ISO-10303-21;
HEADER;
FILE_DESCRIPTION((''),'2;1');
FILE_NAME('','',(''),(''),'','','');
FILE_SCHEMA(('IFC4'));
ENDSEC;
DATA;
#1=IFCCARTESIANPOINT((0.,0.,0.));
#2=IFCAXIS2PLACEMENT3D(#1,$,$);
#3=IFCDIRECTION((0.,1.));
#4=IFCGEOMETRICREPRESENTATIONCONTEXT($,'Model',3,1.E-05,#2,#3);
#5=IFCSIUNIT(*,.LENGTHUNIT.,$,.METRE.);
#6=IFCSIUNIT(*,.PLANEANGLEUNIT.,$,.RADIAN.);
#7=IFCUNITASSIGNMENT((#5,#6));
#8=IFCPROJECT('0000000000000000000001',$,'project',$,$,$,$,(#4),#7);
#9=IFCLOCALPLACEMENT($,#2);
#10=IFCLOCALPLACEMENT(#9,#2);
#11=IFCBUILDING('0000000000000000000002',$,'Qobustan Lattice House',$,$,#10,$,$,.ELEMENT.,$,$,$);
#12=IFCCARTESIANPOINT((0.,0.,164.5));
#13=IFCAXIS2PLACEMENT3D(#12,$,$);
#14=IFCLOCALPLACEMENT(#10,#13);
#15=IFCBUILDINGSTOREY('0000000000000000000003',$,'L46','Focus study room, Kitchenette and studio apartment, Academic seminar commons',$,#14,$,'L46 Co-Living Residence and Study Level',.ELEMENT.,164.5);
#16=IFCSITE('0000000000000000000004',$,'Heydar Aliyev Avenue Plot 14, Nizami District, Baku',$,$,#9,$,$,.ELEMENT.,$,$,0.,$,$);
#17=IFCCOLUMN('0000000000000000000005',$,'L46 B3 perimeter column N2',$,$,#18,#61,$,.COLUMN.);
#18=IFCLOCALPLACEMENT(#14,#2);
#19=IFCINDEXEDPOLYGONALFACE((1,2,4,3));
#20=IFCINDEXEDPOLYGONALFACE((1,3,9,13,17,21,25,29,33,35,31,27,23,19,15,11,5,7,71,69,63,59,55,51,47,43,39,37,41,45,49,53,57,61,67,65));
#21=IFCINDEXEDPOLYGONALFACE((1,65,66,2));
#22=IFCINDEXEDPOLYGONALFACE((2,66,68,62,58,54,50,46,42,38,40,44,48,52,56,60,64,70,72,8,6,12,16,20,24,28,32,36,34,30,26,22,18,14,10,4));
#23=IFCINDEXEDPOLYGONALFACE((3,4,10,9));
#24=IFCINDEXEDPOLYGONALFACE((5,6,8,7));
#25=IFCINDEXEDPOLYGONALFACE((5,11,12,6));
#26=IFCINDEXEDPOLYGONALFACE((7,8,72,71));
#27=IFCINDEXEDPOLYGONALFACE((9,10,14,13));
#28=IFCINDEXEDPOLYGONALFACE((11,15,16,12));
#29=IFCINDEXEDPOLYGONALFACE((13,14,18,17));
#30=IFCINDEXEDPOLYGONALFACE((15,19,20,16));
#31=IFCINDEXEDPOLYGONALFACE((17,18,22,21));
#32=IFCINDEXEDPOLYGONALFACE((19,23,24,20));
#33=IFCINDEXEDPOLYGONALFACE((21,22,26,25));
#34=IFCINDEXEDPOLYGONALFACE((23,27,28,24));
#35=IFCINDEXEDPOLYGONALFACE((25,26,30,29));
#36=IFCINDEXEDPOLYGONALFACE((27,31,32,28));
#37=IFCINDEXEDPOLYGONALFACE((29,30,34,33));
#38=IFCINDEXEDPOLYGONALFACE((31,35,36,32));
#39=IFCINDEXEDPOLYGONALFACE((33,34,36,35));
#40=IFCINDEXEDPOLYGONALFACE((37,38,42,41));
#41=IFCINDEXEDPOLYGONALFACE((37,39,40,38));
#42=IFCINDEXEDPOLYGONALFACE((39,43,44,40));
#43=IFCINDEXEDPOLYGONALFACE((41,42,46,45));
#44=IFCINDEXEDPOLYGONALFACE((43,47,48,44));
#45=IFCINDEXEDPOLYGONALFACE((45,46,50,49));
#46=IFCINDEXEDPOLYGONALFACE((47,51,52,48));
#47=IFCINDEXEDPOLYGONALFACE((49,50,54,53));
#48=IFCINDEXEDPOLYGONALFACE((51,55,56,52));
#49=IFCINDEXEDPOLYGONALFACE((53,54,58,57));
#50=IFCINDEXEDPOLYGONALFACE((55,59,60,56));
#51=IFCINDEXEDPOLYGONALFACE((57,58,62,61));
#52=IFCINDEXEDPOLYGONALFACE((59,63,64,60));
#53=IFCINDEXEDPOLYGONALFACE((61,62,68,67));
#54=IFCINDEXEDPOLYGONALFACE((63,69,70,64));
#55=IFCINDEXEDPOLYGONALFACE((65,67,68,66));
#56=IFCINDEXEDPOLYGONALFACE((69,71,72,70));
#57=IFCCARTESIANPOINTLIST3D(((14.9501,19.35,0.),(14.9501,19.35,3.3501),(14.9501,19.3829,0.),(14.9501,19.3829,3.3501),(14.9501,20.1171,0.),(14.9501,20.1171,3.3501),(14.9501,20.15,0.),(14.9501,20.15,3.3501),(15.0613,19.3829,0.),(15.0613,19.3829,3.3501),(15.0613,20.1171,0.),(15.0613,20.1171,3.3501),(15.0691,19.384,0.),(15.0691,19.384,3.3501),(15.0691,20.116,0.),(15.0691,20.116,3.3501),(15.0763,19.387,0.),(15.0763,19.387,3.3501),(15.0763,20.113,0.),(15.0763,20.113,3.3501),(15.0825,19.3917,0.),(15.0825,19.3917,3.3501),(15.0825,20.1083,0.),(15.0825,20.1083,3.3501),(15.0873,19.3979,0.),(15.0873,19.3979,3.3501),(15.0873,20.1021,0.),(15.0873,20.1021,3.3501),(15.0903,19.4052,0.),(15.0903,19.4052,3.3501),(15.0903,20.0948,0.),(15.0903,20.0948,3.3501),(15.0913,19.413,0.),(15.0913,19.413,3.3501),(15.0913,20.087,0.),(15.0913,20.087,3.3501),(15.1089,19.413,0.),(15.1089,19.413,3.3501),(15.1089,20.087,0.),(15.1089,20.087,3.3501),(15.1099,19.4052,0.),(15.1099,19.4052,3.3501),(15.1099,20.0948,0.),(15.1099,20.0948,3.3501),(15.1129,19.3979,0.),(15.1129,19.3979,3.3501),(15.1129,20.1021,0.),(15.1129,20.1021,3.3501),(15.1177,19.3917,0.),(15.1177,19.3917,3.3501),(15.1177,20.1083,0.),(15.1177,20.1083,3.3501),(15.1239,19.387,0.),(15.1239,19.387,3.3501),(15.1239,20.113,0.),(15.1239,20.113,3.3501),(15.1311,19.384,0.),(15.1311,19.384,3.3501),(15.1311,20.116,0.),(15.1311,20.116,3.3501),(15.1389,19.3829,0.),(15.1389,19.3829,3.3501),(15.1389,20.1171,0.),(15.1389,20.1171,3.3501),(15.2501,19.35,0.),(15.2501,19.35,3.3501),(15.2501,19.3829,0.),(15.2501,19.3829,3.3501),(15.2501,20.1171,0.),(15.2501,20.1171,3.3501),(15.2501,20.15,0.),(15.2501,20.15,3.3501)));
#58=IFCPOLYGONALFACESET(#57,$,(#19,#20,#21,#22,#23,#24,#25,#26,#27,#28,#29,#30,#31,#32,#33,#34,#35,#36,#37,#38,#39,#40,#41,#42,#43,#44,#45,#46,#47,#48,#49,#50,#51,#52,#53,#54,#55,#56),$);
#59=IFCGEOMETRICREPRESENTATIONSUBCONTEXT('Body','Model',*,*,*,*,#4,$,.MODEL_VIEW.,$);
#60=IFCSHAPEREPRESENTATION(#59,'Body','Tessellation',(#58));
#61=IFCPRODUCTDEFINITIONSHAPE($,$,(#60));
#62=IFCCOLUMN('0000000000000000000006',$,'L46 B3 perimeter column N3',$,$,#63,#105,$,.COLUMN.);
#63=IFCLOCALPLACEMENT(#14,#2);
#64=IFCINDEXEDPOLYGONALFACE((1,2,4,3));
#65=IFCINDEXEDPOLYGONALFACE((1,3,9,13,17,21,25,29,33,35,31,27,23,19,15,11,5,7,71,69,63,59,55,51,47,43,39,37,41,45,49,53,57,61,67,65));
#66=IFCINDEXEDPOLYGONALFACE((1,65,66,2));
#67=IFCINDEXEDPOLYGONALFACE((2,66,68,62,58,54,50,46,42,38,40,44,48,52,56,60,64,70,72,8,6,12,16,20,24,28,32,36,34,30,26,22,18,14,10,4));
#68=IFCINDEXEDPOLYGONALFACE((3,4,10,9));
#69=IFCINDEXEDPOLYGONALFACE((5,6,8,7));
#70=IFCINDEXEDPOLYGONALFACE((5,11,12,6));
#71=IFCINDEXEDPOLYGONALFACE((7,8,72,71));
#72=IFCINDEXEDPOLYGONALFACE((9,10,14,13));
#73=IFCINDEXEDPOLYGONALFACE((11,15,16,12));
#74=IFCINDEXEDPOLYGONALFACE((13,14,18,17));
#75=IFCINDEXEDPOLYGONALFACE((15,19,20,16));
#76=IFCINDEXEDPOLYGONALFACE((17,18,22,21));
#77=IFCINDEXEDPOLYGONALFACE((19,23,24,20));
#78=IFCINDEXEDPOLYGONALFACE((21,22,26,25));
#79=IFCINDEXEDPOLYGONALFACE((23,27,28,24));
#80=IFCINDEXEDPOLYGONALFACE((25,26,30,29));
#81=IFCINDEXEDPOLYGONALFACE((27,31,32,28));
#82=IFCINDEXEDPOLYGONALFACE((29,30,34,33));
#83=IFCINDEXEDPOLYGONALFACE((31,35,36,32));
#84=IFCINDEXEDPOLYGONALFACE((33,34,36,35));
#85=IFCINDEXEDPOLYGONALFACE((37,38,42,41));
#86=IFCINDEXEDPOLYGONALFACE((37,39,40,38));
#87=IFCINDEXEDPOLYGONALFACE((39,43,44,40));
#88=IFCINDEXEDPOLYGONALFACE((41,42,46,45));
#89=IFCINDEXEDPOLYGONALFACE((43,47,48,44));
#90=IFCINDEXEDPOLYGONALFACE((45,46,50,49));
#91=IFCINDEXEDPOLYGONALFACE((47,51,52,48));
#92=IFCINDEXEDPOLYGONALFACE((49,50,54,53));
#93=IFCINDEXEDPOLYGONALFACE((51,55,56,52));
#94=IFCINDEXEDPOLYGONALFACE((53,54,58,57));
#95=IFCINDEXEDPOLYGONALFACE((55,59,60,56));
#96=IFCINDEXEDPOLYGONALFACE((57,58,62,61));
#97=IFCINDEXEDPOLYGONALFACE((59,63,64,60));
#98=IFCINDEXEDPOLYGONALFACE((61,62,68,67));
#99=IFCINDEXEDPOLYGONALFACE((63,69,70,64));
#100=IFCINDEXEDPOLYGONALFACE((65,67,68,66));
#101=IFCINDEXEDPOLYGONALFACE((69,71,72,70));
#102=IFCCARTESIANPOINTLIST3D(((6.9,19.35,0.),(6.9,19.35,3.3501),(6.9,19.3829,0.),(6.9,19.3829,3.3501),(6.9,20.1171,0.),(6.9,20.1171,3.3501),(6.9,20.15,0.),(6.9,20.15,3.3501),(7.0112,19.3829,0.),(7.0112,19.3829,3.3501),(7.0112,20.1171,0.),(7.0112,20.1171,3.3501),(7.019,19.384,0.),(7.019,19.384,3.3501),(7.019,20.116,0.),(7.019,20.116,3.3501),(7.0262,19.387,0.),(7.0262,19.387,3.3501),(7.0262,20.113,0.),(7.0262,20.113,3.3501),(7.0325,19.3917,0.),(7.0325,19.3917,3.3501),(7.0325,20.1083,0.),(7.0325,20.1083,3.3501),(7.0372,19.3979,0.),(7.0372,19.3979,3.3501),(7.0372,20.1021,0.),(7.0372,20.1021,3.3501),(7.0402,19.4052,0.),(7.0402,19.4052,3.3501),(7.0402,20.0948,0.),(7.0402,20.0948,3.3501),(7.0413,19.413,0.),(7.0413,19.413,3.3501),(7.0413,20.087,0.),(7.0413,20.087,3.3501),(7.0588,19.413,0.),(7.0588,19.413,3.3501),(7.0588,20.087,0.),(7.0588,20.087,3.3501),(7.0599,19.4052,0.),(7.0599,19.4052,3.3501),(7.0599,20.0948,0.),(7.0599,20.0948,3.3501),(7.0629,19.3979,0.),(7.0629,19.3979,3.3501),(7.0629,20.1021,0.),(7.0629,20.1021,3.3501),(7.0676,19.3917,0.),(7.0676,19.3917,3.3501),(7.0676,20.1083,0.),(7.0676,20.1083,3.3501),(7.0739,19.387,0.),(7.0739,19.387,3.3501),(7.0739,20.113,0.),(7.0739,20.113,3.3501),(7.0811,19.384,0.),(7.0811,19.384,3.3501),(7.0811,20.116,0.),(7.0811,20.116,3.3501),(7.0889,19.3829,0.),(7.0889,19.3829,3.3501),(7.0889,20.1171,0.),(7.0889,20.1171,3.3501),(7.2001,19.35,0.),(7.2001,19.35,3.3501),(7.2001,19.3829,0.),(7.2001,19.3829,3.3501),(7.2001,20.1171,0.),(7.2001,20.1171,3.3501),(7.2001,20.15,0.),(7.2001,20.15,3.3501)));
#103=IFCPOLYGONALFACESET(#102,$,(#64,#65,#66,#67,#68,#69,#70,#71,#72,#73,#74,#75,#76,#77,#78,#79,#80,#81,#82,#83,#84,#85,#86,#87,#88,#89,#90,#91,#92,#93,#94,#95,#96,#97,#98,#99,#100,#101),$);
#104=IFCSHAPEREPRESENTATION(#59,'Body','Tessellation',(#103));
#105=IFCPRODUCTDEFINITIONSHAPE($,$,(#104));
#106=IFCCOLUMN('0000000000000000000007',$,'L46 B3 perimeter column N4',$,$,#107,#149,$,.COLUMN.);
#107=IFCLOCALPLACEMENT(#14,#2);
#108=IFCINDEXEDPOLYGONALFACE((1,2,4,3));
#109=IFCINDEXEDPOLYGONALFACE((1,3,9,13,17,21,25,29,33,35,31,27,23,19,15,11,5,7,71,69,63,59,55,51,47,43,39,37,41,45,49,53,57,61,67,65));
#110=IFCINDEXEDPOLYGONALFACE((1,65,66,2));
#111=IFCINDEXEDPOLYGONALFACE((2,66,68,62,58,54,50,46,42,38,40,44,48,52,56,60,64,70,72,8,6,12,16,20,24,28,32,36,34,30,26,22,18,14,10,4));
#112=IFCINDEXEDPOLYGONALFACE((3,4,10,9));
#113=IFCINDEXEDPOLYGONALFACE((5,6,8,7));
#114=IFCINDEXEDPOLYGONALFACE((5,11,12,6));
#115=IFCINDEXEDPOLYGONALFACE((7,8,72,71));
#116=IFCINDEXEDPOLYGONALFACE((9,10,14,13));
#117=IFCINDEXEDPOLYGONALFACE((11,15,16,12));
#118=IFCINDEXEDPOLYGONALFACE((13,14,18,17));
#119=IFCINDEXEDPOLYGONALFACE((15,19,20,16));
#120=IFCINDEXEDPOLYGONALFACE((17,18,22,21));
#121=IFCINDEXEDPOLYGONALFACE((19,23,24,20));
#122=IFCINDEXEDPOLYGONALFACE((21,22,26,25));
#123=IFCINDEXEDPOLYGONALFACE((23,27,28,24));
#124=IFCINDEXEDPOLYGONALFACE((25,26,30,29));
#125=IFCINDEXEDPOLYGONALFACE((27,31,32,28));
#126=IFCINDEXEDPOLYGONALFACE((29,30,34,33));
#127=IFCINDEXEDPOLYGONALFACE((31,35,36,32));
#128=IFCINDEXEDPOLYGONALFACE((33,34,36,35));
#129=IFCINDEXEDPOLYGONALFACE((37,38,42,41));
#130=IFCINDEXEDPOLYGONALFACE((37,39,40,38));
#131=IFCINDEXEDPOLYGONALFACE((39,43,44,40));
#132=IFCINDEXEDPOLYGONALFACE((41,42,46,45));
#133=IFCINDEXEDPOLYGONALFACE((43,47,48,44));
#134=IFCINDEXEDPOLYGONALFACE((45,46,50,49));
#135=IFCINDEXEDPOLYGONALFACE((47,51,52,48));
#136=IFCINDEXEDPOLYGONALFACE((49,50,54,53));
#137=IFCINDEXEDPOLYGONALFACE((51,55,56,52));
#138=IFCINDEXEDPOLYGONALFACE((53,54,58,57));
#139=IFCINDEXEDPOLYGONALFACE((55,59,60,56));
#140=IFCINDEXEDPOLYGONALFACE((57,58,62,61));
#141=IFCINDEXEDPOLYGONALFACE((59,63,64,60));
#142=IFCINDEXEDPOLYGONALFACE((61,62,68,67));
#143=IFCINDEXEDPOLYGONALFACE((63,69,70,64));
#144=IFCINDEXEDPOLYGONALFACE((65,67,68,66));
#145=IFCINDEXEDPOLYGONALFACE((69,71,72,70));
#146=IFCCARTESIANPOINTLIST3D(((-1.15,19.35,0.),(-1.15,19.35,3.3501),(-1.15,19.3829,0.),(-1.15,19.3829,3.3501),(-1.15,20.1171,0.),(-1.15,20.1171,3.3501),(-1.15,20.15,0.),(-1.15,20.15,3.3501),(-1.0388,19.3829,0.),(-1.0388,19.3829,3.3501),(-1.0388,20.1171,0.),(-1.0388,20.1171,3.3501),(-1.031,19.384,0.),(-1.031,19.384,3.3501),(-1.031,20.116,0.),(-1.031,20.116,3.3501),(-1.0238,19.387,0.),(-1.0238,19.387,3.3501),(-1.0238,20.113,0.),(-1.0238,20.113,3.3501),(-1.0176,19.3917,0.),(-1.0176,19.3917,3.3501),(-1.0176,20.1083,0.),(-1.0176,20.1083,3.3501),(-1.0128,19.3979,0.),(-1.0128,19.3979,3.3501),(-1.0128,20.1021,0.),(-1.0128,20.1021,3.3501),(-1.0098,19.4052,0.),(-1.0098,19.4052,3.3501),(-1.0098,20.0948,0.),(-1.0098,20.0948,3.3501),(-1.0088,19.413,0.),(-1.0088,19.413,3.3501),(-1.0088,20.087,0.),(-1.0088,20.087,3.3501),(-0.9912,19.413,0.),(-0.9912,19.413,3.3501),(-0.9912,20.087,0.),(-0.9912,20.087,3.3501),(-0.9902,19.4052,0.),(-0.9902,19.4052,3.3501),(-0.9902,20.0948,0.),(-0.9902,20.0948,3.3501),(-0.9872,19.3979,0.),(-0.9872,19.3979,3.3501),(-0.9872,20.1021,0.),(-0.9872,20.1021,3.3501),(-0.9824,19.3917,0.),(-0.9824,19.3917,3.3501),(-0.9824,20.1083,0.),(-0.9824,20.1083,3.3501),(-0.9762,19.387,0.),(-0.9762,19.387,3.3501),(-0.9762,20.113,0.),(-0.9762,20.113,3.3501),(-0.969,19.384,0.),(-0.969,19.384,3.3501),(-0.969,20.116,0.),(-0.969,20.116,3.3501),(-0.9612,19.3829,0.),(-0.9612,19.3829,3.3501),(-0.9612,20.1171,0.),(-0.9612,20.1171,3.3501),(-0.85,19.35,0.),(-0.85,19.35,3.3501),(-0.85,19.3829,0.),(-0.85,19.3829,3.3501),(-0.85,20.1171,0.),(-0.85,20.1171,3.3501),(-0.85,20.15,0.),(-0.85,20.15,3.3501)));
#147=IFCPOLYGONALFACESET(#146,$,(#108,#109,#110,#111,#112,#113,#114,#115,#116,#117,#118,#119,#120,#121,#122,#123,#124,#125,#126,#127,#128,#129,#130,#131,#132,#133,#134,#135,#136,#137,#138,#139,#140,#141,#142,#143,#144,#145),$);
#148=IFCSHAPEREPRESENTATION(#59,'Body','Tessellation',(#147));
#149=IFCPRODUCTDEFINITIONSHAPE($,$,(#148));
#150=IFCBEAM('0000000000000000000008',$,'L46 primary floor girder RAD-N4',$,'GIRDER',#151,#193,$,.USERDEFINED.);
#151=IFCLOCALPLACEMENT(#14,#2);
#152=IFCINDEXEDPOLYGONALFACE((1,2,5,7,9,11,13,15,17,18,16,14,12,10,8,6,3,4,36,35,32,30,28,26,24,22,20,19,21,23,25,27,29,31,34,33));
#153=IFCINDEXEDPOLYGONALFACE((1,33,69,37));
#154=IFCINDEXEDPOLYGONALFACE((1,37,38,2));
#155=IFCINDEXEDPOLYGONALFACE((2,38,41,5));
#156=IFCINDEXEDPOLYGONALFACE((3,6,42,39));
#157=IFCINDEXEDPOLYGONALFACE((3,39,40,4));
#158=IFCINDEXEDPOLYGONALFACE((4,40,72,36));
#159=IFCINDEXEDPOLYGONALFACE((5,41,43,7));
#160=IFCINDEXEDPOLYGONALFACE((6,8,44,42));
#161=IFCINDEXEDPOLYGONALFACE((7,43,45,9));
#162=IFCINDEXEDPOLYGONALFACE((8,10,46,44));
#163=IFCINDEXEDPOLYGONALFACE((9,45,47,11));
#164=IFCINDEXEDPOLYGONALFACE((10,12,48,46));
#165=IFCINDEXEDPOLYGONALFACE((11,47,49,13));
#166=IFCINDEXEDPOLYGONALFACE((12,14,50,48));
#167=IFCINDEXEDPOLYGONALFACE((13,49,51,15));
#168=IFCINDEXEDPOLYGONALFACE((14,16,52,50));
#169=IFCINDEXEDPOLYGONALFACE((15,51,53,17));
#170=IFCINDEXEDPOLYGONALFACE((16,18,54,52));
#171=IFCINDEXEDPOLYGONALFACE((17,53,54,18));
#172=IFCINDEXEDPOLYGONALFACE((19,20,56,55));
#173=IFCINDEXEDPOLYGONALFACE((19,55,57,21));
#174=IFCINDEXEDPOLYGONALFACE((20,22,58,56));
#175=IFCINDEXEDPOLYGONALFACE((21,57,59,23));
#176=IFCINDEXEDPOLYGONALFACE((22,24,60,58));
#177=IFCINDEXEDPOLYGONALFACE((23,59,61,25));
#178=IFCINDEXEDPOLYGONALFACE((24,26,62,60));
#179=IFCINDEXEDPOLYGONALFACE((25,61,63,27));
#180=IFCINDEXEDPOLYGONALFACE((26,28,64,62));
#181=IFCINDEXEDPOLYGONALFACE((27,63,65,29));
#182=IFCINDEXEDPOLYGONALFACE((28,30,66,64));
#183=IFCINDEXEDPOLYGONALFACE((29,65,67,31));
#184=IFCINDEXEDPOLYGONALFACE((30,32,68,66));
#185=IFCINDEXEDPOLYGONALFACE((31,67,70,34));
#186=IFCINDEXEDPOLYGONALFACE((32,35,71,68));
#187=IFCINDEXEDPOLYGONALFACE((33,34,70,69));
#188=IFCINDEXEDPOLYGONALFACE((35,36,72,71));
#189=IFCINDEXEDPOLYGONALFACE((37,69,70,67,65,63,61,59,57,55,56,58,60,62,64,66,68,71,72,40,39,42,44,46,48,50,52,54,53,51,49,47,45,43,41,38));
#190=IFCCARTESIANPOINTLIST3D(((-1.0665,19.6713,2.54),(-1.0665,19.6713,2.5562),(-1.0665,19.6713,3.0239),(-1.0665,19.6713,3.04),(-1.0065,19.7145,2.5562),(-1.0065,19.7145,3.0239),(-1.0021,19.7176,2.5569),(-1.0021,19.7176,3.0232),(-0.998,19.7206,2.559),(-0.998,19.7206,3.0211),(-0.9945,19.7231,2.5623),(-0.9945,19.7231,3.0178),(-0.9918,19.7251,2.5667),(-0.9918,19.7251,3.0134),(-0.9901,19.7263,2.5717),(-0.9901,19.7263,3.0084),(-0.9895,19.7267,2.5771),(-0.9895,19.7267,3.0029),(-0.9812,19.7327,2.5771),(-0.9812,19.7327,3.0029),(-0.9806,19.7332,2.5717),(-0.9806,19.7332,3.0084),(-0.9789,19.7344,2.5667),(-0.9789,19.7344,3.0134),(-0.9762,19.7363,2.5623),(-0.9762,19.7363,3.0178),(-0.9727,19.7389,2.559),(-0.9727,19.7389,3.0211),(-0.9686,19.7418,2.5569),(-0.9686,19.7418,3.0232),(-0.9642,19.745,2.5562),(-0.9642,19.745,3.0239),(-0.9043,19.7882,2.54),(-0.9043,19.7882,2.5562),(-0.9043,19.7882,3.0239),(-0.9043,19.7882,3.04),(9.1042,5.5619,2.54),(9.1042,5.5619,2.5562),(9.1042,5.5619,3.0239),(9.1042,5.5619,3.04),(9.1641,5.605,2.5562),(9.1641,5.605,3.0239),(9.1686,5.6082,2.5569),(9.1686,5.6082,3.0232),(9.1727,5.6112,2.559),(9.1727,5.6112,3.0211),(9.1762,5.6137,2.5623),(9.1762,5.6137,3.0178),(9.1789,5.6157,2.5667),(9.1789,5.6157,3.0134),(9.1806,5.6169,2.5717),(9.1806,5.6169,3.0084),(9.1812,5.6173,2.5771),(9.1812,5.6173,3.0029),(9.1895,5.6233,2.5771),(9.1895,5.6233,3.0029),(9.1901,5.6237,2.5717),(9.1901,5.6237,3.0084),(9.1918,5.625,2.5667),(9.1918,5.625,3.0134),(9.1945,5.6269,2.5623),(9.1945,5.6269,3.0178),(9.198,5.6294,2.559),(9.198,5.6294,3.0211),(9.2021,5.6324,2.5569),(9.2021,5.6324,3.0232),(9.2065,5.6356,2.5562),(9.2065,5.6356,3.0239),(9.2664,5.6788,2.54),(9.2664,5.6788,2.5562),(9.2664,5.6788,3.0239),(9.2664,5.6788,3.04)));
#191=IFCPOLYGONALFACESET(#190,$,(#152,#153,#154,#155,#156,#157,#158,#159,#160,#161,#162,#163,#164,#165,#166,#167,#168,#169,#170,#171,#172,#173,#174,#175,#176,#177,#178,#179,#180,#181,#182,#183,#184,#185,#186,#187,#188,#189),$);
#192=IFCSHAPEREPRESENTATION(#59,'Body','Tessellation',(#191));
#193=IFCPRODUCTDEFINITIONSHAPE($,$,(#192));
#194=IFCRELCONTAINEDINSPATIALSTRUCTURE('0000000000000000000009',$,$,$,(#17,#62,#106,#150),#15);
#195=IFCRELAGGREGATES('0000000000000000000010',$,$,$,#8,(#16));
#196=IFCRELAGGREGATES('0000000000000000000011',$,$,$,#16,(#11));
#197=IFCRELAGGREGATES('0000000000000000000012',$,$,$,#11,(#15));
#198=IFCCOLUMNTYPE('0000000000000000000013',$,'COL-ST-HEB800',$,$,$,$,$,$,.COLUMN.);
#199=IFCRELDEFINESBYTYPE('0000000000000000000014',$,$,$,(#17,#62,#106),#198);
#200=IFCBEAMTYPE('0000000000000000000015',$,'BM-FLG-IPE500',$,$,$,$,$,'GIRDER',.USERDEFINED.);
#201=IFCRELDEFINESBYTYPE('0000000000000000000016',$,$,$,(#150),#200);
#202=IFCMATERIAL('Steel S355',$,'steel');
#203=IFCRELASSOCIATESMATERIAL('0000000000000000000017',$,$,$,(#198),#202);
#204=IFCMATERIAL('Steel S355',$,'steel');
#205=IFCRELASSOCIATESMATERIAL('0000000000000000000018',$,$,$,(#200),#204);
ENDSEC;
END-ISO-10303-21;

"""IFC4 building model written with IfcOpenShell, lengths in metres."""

from ifc_helpers import new_model, si_unit, direction, frame, origin, origin_2d, place, context, subcontext, project, spatial, i_section, extrude, material, material_profile, profile_set, type_object, element, save


model = new_model("IFC4")

# Units and contexts
model_context = context("Model", 3, precision=1e-05, world=origin(), true_north=direction((0.0, 1.0)))
body_context = subcontext(model_context, "Body", "Model", "MODEL_VIEW")
ifc_project = project(units=[si_unit("LENGTHUNIT", "METRE"), si_unit("PLANEANGLEUNIT", "RADIAN")], contexts=[model_context])

# Site, building, storey
site_placement = place(None, origin())
site = spatial("IfcSite", under=ifc_project, at=site_placement, Name="Heydar Aliyev Avenue Plot 14, Nizami District, Baku", CompositionType="ELEMENT", RefElevation=0.0)
building_placement = place(site_placement, origin())
building = spatial("IfcBuilding", under=site, at=building_placement, Name="Qobustan Lattice House", CompositionType="ELEMENT")
storey_placement = place(building_placement, frame((0.0, 0.0, 164.5)))
storey = spatial("IfcBuildingStorey", under=building, at=storey_placement, Name="L46", Description="Focus study room, Kitchenette and studio apartment, Academic seminar commons", LongName="L46 Co-Living Residence and Study Level", CompositionType="ELEMENT", Elevation=164.5)

# Columns
ifc_material_1 = material(Name="Steel S355", Category="steel")
ifc_material_profile_1 = material_profile(ifc_material_1, i_section(OverallWidth=0.3, OverallDepth=0.8, WebThickness=0.0176, FlangeThickness=0.033, FilletRadius=0.03, at=origin_2d()), Name="HEB800")
ifc_profile_set_1 = profile_set([ifc_material_profile_1], Name="Steel S355")
column_type = type_object("IfcColumnType", Name="COL-ST-HEB800", PredefinedType="COLUMN", material=ifc_profile_set_1)
for number, where, z_axis, x_axis, name in (
    (1, (15.1001, 19.75, 0.0), (0.0, 0.0, 1.0), (1.0, 0.0, 0.0), "L46 B3 perimeter column N2"),
    (2, (7.05, 19.75, 0.0), (0.0, 0.0, 1.0), (1.0, 0.0, 0.0), "L46 B3 perimeter column N3"),
    (3, (-1.0, 19.75, 0.0), (0.0, 0.0, 1.0), (1.0, 0.0, 0.0), "L46 B3 perimeter column N4"),
):
    element("IfcColumn", number, at=place(storey_placement, frame(where, z_axis=z_axis, x_axis=x_axis)), inside=storey, type_object=column_type, Name=name, PredefinedType="COLUMN", context=body_context, shape_type="SweptSolid", body=[
        extrude(i_section(OverallWidth=0.3, OverallDepth=0.8, WebThickness=0.0176, FlangeThickness=0.033, FilletRadius=0.03, at=origin_2d()), origin(), (0.0, 0.0, 1.0), 3.3501),
    ])

# Beam
ifc_material_2 = material(Name="Steel S355", Category="steel")
ifc_material_profile_2 = material_profile(ifc_material_2, i_section(OverallWidth=0.2, OverallDepth=0.5, WebThickness=0.0103, FlangeThickness=0.0161, FilletRadius=0.021, at=origin_2d()), Name="IPE500")
ifc_profile_set_2 = profile_set([ifc_material_profile_2], Name="Steel S355")
beam_type_1 = type_object("IfcBeamType", Name="BM-FLG-IPE500", ElementType="GIRDER", PredefinedType="USERDEFINED", material=ifc_profile_set_2)
beam_1_placement = place(storey_placement, frame((-0.9854, 19.7297, 2.79), z_axis=(0.584755, -0.81121, 0.0), x_axis=(0.81121, 0.584755, 0.0)))
element("IfcBeam", 4, at=beam_1_placement, inside=storey, type_object=beam_type_1, Name="L46 primary floor girder RAD-N4", ObjectType="GIRDER", PredefinedType="USERDEFINED", context=body_context, shape_type="SweptSolid", body=[
    extrude(i_section(OverallWidth=0.2, OverallDepth=0.5, WebThickness=0.0103, FlangeThickness=0.0161, FilletRadius=0.021, at=origin_2d()), origin(), (0.0, 0.0, 1.0), 17.3931),
])

save(model, "model.ifc")
